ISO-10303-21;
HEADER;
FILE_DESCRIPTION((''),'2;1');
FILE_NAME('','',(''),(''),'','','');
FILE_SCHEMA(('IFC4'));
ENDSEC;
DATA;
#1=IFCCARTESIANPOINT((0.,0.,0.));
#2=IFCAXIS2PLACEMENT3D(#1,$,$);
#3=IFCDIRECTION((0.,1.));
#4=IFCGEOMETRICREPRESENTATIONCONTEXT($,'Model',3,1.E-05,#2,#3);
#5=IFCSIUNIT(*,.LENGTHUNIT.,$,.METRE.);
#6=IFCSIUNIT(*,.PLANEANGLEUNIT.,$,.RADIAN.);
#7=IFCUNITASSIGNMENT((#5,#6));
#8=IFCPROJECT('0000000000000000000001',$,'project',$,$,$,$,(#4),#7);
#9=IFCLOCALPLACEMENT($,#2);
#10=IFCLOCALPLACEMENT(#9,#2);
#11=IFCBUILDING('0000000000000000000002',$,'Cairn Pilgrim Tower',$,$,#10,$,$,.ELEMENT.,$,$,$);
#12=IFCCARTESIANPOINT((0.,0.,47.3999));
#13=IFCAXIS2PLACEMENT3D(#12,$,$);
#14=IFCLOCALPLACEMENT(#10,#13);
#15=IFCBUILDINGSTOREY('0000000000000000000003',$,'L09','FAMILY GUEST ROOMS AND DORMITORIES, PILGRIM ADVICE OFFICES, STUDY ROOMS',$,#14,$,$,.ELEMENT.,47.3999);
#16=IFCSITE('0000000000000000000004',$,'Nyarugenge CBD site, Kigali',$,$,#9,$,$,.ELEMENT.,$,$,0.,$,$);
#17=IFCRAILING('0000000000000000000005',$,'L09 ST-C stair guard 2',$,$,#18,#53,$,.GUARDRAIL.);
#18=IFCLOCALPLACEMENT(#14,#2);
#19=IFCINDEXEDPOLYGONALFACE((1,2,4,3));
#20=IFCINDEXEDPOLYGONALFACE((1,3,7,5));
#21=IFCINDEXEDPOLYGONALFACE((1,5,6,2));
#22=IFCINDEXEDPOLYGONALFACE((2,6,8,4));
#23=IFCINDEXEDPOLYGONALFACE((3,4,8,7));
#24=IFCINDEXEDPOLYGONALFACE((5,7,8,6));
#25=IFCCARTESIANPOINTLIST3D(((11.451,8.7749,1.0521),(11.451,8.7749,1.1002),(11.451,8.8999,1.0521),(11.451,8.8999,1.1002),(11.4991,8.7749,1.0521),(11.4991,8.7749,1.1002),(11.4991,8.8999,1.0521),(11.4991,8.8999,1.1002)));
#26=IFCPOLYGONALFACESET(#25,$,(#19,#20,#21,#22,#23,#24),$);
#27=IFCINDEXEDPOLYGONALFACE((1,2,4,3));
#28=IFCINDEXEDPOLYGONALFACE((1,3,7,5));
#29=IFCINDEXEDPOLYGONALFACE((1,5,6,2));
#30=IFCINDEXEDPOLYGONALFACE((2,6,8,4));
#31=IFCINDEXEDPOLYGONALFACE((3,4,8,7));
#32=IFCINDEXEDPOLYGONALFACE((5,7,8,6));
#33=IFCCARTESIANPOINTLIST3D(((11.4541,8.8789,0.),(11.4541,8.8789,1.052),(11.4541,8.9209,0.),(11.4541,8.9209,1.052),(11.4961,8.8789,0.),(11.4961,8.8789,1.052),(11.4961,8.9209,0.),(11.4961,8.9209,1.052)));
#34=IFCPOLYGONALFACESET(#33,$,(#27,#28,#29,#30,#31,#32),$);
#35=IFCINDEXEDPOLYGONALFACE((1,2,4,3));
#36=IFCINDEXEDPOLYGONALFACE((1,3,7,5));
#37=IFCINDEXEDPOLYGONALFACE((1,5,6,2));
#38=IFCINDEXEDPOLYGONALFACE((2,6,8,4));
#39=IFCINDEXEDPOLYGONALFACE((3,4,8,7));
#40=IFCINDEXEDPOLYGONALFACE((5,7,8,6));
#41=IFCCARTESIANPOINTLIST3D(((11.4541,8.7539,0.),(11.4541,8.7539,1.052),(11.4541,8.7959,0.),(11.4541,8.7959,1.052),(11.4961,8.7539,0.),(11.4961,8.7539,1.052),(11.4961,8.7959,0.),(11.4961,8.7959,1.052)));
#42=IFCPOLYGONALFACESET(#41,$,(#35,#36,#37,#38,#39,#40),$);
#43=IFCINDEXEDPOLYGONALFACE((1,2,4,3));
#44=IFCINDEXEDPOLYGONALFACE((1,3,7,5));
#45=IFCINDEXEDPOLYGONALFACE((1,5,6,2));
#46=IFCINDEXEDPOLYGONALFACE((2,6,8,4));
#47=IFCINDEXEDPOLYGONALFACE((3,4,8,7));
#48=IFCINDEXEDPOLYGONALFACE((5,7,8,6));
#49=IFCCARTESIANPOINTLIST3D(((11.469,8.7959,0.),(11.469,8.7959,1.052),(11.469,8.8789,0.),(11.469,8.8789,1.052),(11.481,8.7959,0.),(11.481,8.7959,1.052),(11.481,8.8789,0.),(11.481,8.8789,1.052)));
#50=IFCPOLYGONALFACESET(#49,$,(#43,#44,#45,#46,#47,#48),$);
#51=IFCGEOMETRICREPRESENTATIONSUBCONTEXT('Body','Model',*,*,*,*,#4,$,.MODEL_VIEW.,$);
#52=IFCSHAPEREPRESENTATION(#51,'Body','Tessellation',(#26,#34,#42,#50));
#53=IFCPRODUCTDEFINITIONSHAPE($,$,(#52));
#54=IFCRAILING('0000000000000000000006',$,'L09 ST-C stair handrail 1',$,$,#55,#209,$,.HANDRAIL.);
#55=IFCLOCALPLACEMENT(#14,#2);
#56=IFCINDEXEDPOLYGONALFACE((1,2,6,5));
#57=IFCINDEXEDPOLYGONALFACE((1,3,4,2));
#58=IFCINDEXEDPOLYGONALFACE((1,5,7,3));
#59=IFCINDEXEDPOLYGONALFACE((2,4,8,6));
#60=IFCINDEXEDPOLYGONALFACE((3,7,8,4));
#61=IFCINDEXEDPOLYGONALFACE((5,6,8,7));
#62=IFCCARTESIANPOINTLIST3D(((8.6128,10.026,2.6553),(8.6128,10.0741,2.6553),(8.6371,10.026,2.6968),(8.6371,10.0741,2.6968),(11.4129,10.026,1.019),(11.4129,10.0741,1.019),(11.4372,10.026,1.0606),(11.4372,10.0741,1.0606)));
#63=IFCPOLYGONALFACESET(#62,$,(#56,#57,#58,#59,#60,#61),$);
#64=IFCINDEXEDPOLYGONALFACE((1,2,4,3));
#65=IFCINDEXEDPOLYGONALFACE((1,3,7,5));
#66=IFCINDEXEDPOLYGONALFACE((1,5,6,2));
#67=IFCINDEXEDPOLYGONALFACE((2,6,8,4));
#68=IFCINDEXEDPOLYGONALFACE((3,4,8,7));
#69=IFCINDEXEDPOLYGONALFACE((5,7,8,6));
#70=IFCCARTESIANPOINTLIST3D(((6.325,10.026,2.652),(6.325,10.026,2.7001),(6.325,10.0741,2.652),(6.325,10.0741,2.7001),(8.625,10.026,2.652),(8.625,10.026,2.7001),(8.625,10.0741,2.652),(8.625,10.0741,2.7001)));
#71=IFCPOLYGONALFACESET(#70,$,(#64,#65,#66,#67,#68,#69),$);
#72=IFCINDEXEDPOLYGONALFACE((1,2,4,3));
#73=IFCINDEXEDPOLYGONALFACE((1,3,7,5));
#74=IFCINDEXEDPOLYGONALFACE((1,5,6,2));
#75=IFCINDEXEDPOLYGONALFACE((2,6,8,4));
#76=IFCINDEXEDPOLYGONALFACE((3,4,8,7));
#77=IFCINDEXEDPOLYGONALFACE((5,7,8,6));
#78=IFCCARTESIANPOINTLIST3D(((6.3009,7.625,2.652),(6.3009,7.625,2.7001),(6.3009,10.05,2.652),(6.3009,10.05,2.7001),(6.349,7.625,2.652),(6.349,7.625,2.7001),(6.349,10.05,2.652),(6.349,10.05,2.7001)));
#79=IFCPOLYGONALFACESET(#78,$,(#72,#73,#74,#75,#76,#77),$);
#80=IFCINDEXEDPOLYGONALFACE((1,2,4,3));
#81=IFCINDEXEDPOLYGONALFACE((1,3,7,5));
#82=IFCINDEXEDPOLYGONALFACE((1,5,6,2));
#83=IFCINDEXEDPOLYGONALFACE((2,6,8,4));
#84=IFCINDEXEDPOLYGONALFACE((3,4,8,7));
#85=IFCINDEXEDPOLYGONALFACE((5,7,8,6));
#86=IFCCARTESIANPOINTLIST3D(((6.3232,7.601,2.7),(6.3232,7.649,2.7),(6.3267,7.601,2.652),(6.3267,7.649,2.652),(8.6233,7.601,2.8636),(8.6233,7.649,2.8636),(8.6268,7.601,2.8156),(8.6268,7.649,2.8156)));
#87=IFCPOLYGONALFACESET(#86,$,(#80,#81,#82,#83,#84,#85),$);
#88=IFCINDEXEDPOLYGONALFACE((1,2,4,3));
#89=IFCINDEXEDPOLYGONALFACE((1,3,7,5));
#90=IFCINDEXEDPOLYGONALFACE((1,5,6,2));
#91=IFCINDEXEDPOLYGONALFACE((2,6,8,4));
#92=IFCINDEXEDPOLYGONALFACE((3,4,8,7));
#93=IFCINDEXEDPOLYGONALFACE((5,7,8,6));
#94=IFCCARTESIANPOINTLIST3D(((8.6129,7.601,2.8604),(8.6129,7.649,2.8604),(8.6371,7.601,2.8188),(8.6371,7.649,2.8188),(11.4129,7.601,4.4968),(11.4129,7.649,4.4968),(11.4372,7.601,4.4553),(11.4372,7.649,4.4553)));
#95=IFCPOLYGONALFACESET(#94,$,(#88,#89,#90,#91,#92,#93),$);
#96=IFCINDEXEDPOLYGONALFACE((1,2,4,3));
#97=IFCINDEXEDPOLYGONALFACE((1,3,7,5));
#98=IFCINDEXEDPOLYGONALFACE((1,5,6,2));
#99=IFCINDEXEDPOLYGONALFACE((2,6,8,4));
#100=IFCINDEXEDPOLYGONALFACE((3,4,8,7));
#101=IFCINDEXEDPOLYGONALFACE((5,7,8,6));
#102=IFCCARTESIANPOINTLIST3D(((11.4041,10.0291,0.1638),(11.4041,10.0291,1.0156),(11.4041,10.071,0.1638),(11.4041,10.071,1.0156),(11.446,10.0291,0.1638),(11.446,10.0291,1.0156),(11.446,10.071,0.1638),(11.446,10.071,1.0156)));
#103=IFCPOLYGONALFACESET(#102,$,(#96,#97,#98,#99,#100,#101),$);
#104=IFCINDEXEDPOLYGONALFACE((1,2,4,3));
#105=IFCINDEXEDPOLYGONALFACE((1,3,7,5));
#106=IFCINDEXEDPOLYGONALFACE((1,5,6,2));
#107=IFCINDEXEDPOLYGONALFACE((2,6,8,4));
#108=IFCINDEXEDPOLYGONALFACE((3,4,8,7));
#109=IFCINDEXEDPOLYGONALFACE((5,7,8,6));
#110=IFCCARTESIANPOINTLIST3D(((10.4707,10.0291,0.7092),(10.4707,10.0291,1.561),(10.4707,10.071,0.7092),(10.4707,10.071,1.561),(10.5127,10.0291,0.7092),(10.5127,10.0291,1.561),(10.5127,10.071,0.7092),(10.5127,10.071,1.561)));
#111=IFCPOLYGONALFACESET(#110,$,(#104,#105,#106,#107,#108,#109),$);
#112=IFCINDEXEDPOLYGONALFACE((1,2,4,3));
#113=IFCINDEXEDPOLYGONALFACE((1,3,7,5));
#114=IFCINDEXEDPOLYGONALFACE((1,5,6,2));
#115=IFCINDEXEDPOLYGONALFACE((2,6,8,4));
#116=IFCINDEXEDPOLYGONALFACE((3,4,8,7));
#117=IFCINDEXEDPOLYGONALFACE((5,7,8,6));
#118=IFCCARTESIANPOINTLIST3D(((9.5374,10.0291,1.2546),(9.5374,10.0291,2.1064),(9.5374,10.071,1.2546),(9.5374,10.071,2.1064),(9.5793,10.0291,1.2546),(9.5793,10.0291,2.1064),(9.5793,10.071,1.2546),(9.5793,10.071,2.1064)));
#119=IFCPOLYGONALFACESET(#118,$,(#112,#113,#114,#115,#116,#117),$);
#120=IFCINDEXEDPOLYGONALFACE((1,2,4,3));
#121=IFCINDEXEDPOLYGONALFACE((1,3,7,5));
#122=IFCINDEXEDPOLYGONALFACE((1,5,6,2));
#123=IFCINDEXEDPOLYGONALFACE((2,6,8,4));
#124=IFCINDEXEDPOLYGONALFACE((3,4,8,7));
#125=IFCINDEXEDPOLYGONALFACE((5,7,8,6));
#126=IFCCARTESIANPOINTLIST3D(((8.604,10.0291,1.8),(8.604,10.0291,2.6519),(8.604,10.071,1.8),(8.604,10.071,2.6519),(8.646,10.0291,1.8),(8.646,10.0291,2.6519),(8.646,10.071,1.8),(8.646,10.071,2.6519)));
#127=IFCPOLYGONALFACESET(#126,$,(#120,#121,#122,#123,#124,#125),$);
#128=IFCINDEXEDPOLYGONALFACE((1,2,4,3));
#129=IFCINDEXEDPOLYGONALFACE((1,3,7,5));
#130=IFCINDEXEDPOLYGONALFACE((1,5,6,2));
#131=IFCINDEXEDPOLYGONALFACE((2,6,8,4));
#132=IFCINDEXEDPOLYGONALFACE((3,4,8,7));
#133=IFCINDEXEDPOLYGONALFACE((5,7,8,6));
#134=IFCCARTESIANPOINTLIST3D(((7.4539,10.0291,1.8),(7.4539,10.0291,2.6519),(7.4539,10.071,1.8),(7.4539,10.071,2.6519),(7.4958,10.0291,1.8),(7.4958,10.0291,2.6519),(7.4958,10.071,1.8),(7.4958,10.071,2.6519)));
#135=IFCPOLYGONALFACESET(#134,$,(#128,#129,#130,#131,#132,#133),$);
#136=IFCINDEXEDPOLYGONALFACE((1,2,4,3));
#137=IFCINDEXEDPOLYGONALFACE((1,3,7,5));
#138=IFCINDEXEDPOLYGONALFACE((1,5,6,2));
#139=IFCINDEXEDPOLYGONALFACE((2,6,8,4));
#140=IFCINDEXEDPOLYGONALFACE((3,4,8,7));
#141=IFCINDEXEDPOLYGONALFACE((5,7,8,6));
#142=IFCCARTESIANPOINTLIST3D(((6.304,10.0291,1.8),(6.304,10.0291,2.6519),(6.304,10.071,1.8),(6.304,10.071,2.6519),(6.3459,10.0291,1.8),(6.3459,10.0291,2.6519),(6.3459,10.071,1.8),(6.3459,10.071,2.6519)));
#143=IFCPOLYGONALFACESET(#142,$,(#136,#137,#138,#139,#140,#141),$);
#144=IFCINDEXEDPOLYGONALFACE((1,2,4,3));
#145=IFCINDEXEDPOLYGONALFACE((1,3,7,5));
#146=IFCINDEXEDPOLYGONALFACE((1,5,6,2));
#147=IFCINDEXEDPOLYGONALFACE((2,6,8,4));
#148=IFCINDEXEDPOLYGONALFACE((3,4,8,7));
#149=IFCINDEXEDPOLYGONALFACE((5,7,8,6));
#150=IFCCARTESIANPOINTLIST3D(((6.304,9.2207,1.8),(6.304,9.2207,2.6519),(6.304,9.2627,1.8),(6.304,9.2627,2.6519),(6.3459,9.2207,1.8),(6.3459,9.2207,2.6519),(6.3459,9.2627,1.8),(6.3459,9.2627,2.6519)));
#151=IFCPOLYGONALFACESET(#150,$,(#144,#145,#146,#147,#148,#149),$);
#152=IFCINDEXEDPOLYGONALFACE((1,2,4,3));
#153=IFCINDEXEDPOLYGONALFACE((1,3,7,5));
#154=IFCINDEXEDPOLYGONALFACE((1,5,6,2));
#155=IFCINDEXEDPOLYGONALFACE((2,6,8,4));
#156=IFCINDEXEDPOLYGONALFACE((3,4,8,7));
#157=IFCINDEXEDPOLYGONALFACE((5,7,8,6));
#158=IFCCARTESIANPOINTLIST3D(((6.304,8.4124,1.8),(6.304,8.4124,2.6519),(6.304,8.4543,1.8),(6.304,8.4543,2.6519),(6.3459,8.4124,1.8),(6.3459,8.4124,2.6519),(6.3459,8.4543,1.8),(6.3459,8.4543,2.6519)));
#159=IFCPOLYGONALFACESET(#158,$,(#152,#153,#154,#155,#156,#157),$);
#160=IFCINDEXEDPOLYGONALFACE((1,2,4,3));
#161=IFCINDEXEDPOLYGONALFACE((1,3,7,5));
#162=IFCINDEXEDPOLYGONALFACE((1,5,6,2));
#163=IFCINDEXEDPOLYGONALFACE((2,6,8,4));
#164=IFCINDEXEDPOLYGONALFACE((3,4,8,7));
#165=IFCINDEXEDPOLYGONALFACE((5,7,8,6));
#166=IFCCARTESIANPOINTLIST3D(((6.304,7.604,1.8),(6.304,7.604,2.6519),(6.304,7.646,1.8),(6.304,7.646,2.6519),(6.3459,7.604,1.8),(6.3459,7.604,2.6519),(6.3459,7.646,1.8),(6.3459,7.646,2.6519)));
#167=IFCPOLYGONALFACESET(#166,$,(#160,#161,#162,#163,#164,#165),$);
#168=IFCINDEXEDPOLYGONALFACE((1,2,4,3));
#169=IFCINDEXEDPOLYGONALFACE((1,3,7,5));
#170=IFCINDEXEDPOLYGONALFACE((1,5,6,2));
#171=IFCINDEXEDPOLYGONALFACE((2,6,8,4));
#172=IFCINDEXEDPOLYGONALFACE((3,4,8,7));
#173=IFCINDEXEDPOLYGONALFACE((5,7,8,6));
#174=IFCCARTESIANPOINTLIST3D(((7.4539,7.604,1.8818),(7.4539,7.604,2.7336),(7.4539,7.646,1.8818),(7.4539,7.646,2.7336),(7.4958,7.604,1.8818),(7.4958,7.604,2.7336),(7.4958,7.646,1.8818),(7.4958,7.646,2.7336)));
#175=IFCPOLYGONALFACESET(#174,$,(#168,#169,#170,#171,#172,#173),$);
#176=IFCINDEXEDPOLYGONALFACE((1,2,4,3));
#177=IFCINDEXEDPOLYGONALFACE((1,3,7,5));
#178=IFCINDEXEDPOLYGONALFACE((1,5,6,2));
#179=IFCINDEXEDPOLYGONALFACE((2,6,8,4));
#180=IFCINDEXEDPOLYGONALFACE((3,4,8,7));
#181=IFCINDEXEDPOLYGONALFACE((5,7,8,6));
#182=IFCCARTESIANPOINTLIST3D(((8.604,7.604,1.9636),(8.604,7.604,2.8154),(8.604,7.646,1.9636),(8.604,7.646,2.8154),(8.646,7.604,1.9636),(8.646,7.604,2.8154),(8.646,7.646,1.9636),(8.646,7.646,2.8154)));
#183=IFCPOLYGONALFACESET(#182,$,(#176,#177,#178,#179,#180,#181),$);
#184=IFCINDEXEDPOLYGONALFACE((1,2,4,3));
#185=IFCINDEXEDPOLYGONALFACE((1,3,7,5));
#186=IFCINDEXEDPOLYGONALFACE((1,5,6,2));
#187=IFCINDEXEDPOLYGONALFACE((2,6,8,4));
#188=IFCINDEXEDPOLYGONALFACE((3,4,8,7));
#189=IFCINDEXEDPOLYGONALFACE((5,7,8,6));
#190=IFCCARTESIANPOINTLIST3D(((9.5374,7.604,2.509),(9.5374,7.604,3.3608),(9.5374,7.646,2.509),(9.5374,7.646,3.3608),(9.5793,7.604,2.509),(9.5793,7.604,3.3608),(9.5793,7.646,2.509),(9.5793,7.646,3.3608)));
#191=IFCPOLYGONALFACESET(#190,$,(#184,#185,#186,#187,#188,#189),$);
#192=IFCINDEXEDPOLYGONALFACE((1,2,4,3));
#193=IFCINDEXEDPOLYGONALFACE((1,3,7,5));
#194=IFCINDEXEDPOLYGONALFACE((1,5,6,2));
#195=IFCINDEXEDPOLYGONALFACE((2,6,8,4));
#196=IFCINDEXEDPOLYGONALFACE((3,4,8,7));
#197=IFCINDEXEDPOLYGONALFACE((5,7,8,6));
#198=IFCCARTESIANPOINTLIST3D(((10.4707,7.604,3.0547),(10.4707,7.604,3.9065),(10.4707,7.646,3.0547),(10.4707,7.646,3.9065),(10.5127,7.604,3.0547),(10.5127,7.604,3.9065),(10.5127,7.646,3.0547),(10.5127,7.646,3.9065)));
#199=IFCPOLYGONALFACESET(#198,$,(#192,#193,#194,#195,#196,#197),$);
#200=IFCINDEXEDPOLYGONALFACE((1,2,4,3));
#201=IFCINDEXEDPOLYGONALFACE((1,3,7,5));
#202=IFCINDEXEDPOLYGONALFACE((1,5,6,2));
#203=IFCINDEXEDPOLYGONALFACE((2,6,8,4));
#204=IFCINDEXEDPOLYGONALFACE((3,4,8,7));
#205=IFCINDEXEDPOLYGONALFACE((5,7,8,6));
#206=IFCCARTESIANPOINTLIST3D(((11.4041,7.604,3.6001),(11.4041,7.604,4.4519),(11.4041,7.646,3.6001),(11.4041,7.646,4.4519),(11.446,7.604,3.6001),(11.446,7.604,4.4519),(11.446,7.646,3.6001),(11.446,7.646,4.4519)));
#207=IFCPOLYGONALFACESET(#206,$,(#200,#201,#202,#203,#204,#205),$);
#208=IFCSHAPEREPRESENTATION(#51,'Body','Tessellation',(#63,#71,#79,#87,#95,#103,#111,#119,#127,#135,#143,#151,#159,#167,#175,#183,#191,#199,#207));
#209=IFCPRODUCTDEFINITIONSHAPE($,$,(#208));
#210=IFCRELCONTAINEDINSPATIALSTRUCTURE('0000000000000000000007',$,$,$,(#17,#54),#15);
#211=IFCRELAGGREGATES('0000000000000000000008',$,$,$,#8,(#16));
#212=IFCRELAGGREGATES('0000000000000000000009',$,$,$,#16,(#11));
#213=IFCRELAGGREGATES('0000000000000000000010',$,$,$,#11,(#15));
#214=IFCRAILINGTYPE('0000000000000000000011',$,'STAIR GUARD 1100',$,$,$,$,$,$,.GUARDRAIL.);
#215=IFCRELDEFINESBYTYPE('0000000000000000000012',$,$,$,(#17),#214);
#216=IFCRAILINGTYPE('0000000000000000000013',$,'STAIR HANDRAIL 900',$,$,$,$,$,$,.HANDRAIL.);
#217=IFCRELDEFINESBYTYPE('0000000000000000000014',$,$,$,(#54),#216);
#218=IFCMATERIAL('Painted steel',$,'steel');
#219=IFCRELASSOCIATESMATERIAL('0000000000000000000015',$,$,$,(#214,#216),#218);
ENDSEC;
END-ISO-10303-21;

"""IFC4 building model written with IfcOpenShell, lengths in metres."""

from ifc_helpers import new_model, si_unit, direction, frame, origin, origin_2d, place, context, subcontext, project, spatial, polyline, rectangle, outline, extrude, material, type_object, element, save


model = new_model("IFC4")

# Units and contexts
model_context = context("Model", 3, precision=1e-05, world=origin(), true_north=direction((0.0, 1.0)))
body_context = subcontext(model_context, "Body", "Model", "MODEL_VIEW")
ifc_project = project(units=[si_unit("LENGTHUNIT", "METRE"), si_unit("PLANEANGLEUNIT", "RADIAN")], contexts=[model_context])

# Site, building, storey
site_placement = place(None, origin())
site = spatial("IfcSite", under=ifc_project, at=site_placement, Name="Nyarugenge CBD site, Kigali", CompositionType="ELEMENT", RefElevation=0.0)
building_placement = place(site_placement, origin())
building = spatial("IfcBuilding", under=site, at=building_placement, Name="Cairn Pilgrim Tower", CompositionType="ELEMENT")
storey_placement = place(building_placement, frame((0.0, 0.0, 47.3999)))
storey = spatial("IfcBuildingStorey", under=building, at=storey_placement, Name="L09", Description="FAMILY GUEST ROOMS AND DORMITORIES, PILGRIM ADVICE OFFICES, STUDY ROOMS", CompositionType="ELEMENT", Elevation=47.3999)

# Shared definitions
ifc_material_1 = material(Name="Painted steel", Category="steel")

# Railings
railing_type_1 = type_object("IfcRailingType", Name="STAIR GUARD 1100", PredefinedType="GUARDRAIL", material=ifc_material_1)
railing_1_placement = place(storey_placement, frame((11.4751, 8.8999, 0.0)))
element("IfcRailing", 1, at=railing_1_placement, inside=storey, type_object=railing_type_1, Name="L09 ST-C stair guard 2", PredefinedType="GUARDRAIL", context=body_context, shape_type="SweptSolid", body=[
    extrude(rectangle(XDim=0.0481, YDim=0.0481, at=origin_2d()), frame((0.0, 0.0, 1.0762), z_axis=(0.0, -1.0, 0.0), x_axis=(1.0, 0.0, 0.0)), (0.0, 0.0, 1.0), 0.125),
    extrude(rectangle(XDim=0.042, YDim=0.042, at=origin_2d()), origin(), (0.0, 0.0, 1.0), 1.052),
    extrude(rectangle(XDim=0.042, YDim=0.042, at=origin_2d()), frame((0.0, -0.125, 0.0)), (0.0, 0.0, 1.0), 1.052),
    extrude(outline(polyline([(0.021, 0.0), (0.104, 0.0), (0.104, 1.052), (0.021, 1.052), (0.021, 0.0)])), frame((0.0059, 0.0, 0.0), z_axis=(-1.0, 0.0, 0.0), x_axis=(0.0, -1.0, 0.0)), (0.0, 0.0, 1.0), 0.012),
])
railing_type_2 = type_object("IfcRailingType", Name="STAIR HANDRAIL 900", PredefinedType="HANDRAIL", material=ifc_material_1)
railing_2_placement = place(storey_placement, frame((11.425, 10.05, 0.1638)))
element("IfcRailing", 2, at=railing_2_placement, inside=storey, type_object=railing_type_2, Name="L09 ST-C stair handrail 1", PredefinedType="HANDRAIL", context=body_context, shape_type="SweptSolid", body=[
    extrude(rectangle(XDim=0.0481, YDim=0.0481, at=origin_2d()), frame((0.0, 0.0, 0.876), z_axis=(-0.863394, 0.0, 0.504531), x_axis=(0.0, -1.0, 0.0)), (0.0, 0.0, 1.0), 3.2432),
    extrude(rectangle(XDim=0.0481, YDim=0.0481, at=origin_2d()), frame((-2.8, 0.0, 2.5122), z_axis=(-1.0, 0.0, 0.0), x_axis=(0.0, -1.0, 0.0)), (0.0, 0.0, 1.0), 2.3),
    extrude(rectangle(XDim=0.0481, YDim=0.0481, at=origin_2d()), frame((-5.1001, 0.0, 2.5122), z_axis=(0.0, -1.0, 0.0), x_axis=(1.0, 0.0, 0.0)), (0.0, 0.0, 1.0), 2.425),
    extrude(rectangle(XDim=0.0481, YDim=0.0481, at=origin_2d()), frame((-5.1001, -2.425, 2.5122), z_axis=(0.997481, 0.0, 0.070939), x_axis=(0.0, 1.0, 0.0)), (0.0, 0.0, 1.0), 2.3059),
    extrude(rectangle(XDim=0.0481, YDim=0.0481, at=origin_2d()), frame((-2.8, -2.425, 2.6758), z_axis=(0.863361, 0.0, 0.504587), x_axis=(0.0, 1.0, 0.0)), (0.0, 0.0, 1.0), 3.2432),
    extrude(rectangle(XDim=0.042, YDim=0.042, at=origin_2d()), origin(), (0.0, 0.0, 1.0), 0.8518),
    extrude(rectangle(XDim=0.042, YDim=0.042, at=origin_2d()), frame((-0.9333, 0.0, 0.5454)), (0.0, 0.0, 1.0), 0.8518),
    extrude(rectangle(XDim=0.042, YDim=0.042, at=origin_2d()), frame((-1.8667, 0.0, 1.0908)), (0.0, 0.0, 1.0), 0.8518),
    extrude(rectangle(XDim=0.042, YDim=0.042, at=origin_2d()), frame((-2.8, 0.0, 1.6362)), (0.0, 0.0, 1.0), 0.8518),
    extrude(rectangle(XDim=0.042, YDim=0.042, at=origin_2d()), frame((-3.9502, 0.0, 1.6362)), (0.0, 0.0, 1.0), 0.8518),
    extrude(rectangle(XDim=0.042, YDim=0.042, at=origin_2d()), frame((-5.1001, 0.0, 1.6362)), (0.0, 0.0, 1.0), 0.8518),
    extrude(rectangle(XDim=0.042, YDim=0.042, at=origin_2d()), frame((-5.1001, -0.8083, 1.6362)), (0.0, 0.0, 1.0), 0.8518),
    extrude(rectangle(XDim=0.042, YDim=0.042, at=origin_2d()), frame((-5.1001, -1.6167, 1.6362)), (0.0, 0.0, 1.0), 0.8518),
    extrude(rectangle(XDim=0.042, YDim=0.042, at=origin_2d()), frame((-5.1001, -2.425, 1.6362)), (0.0, 0.0, 1.0), 0.8518),
    extrude(rectangle(XDim=0.042, YDim=0.042, at=origin_2d()), frame((-3.9502, -2.425, 1.718)), (0.0, 0.0, 1.0), 0.8518),
    extrude(rectangle(XDim=0.042, YDim=0.042, at=origin_2d()), frame((-2.8, -2.425, 1.7998)), (0.0, 0.0, 1.0), 0.8518),
    extrude(rectangle(XDim=0.042, YDim=0.042, at=origin_2d()), frame((-1.8667, -2.425, 2.3452)), (0.0, 0.0, 1.0), 0.8518),
    extrude(rectangle(XDim=0.042, YDim=0.042, at=origin_2d()), frame((-0.9333, -2.425, 2.8909)), (0.0, 0.0, 1.0), 0.8518),
    extrude(rectangle(XDim=0.042, YDim=0.042, at=origin_2d()), frame((0.0, -2.425, 3.4363)), (0.0, 0.0, 1.0), 0.8518),
])

save(model, "model.ifc")
